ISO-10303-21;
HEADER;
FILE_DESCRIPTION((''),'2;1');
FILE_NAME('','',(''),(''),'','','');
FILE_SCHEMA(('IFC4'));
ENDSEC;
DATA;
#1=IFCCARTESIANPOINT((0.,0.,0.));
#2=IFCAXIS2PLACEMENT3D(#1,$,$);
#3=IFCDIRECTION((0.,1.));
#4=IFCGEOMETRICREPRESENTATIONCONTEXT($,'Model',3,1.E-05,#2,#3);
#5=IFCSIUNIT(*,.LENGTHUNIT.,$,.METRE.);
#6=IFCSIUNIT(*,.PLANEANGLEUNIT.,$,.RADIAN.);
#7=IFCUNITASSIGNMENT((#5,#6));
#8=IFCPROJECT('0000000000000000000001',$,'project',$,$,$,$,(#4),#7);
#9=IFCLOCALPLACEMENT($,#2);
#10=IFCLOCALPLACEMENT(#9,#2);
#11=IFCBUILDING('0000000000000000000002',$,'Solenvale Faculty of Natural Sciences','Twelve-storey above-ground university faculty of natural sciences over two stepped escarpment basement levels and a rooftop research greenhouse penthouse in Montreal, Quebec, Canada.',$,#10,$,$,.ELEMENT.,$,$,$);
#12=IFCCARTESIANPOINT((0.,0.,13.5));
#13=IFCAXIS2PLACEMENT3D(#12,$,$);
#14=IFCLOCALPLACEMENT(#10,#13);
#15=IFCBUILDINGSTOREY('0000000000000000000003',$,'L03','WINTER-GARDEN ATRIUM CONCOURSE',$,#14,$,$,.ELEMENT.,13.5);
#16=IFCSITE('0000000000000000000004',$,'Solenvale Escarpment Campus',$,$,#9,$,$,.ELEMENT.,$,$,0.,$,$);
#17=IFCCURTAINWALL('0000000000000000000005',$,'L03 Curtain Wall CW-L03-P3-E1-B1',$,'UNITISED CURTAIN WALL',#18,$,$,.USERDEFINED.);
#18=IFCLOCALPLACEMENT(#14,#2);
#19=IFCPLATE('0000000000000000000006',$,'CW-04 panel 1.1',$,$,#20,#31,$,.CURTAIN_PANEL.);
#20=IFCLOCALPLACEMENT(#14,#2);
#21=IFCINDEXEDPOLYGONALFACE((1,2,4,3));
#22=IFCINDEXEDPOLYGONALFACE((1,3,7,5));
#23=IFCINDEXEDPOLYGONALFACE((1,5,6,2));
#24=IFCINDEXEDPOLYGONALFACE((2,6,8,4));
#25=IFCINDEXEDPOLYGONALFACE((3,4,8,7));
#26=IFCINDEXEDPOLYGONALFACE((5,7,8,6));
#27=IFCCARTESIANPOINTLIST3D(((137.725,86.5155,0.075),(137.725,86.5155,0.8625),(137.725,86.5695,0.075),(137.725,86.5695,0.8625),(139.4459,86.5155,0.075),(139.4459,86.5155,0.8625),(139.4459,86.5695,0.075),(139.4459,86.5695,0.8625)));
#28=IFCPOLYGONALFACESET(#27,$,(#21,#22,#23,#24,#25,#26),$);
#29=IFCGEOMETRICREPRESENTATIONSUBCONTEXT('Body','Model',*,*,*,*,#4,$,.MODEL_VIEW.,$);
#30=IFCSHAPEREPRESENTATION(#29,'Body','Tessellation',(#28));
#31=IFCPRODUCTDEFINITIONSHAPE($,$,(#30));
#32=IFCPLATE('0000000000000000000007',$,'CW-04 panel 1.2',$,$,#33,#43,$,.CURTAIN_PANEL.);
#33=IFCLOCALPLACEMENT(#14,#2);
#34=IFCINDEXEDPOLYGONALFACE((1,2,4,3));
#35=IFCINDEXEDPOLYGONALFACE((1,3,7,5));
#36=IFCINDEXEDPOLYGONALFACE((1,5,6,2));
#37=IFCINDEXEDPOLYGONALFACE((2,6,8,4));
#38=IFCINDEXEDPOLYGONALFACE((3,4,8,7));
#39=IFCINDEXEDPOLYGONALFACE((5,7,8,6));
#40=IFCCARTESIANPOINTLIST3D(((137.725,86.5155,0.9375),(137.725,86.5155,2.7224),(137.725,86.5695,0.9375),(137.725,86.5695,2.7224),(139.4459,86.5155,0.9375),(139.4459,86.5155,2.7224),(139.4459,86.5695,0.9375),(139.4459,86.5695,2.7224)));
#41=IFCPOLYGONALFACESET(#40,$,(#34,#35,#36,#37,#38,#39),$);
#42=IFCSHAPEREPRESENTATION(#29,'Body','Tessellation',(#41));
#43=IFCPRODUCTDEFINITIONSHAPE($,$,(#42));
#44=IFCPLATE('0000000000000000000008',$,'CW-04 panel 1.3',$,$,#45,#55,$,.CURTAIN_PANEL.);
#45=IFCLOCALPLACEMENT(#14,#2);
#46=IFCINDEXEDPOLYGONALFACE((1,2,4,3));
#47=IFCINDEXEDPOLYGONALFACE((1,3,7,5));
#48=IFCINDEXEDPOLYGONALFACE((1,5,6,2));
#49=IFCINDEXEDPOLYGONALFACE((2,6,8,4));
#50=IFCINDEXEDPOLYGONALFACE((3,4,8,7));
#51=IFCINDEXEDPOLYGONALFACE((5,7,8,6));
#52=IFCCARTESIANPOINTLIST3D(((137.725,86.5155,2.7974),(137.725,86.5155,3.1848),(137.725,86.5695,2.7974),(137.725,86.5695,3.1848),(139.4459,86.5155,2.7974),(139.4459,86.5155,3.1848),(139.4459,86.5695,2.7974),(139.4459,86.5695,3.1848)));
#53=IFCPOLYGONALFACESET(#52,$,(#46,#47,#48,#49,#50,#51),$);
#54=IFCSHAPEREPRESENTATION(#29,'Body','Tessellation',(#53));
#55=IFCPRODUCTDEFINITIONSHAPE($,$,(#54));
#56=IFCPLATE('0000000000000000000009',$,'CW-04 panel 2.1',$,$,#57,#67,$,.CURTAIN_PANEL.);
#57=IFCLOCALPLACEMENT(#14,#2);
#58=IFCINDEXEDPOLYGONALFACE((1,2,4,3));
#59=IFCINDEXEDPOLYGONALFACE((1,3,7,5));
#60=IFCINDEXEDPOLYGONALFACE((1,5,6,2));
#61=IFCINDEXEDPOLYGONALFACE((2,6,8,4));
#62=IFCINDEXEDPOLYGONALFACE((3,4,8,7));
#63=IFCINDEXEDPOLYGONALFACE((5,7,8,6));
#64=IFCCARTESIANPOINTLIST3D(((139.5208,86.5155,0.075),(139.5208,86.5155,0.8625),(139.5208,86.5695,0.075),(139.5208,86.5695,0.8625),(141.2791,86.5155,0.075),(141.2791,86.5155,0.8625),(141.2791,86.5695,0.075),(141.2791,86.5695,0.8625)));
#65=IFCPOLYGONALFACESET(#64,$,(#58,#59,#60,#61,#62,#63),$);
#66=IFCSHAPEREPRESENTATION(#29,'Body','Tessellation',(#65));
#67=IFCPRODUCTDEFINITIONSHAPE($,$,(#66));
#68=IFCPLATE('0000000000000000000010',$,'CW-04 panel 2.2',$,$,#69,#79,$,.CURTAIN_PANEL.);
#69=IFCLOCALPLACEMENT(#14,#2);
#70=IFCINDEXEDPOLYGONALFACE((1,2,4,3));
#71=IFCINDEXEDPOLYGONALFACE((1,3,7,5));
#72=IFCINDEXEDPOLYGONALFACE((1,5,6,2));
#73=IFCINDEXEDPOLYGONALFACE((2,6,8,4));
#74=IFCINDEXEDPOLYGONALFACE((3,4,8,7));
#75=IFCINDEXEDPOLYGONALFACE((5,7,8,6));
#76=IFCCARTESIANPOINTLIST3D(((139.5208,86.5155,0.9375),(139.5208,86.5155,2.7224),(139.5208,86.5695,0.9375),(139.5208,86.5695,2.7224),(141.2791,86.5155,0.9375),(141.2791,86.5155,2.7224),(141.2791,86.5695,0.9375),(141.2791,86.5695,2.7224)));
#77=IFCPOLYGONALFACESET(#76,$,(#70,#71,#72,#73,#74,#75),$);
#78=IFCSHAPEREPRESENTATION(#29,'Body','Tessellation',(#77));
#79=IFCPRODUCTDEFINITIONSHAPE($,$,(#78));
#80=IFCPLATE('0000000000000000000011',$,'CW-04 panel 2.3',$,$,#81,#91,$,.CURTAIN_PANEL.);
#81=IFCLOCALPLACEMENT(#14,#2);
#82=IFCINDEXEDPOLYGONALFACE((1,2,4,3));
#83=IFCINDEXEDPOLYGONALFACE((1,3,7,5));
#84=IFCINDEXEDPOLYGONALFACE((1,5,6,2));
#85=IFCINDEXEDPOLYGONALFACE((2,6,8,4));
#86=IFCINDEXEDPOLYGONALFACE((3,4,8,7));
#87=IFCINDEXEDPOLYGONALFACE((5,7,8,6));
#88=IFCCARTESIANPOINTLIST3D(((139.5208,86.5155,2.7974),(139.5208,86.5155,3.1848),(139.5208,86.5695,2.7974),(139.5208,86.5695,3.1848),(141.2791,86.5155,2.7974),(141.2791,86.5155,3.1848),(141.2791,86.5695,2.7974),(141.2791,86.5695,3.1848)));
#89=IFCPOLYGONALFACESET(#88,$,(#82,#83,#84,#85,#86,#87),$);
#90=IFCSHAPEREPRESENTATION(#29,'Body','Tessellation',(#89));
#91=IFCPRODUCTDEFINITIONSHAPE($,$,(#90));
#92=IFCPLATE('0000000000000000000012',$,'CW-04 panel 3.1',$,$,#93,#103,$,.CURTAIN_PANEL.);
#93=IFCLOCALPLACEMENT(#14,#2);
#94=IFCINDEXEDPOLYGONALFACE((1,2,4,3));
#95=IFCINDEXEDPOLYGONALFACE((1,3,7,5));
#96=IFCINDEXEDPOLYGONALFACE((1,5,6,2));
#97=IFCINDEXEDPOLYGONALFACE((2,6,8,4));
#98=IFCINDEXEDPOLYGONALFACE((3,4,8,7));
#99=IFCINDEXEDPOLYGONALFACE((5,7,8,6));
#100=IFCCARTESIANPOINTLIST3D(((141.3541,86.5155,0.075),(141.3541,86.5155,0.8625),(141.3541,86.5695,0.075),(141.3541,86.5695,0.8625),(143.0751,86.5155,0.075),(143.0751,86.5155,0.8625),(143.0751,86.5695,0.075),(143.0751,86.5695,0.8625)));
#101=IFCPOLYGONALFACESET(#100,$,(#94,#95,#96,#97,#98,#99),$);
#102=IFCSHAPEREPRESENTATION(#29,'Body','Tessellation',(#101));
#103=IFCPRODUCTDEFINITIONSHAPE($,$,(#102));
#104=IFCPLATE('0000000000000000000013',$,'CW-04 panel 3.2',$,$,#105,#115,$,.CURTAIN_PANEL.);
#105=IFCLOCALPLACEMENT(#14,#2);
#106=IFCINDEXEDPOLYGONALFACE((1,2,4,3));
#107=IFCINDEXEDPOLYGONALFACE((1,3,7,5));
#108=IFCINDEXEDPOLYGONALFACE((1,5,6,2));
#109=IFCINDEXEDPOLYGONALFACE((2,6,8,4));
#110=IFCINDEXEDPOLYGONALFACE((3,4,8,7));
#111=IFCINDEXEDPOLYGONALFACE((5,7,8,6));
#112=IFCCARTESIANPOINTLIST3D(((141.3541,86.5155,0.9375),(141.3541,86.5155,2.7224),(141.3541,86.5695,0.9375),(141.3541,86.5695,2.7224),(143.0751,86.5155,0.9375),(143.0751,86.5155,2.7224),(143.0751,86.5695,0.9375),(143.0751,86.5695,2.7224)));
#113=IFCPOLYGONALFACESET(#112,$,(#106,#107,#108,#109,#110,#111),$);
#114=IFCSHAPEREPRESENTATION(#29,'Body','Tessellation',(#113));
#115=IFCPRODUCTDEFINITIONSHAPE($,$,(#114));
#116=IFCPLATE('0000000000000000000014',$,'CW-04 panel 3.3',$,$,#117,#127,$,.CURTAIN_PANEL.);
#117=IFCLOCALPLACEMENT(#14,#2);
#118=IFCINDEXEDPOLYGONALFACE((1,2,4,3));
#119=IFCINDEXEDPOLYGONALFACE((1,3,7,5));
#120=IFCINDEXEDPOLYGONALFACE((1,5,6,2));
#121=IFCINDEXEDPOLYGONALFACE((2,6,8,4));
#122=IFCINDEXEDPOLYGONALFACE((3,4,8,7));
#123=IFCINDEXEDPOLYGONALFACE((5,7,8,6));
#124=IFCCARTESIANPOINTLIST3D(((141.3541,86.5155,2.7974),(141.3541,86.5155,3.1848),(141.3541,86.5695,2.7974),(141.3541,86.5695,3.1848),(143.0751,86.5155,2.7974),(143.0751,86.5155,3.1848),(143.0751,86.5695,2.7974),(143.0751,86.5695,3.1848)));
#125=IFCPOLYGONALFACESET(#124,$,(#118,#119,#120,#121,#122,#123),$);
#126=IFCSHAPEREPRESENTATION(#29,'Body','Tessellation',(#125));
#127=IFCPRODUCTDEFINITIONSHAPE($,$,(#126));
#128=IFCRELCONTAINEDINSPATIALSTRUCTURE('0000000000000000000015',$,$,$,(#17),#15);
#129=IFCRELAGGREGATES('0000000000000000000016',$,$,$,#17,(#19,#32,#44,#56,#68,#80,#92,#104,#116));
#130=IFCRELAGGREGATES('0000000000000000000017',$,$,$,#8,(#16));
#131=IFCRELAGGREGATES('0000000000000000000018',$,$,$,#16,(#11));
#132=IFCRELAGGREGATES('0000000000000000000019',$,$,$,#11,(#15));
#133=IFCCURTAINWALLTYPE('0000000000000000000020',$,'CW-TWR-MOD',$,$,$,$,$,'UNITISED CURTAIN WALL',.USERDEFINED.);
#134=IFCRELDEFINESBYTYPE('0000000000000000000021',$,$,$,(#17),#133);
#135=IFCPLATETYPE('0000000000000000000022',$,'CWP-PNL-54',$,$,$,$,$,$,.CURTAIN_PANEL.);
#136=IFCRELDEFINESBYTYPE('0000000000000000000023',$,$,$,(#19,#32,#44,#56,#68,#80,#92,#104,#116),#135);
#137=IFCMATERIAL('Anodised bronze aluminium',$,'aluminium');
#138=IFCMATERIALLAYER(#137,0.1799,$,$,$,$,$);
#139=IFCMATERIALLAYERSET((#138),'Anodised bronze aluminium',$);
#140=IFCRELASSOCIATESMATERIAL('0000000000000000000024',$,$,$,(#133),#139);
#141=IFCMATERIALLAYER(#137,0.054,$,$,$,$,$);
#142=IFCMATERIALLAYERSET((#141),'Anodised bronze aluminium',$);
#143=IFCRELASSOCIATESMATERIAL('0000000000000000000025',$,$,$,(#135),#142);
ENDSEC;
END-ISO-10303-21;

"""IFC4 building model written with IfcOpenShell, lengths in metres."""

from ifc_helpers import new_model, si_unit, direction, frame, origin, origin_2d, place, context, subcontext, project, spatial, rectangle, extrude, material, layer, layer_set, type_object, element, aggregate, save


model = new_model("IFC4")

# Units and contexts
model_context = context("Model", 3, precision=1e-05, world=origin(), true_north=direction((0.0, 1.0)))
body_context = subcontext(model_context, "Body", "Model", "MODEL_VIEW")
ifc_project = project(units=[si_unit("LENGTHUNIT", "METRE"), si_unit("PLANEANGLEUNIT", "RADIAN")], contexts=[model_context])

# Site, building, storey
site_placement = place(None, origin())
site = spatial("IfcSite", under=ifc_project, at=site_placement, Name="Solenvale Escarpment Campus", CompositionType="ELEMENT", RefElevation=0.0)
building_placement = place(site_placement, origin())
building = spatial("IfcBuilding", under=site, at=building_placement, Name="Solenvale Faculty of Natural Sciences", Description="Twelve-storey above-ground university faculty of natural sciences over two stepped escarpment basement levels and a rooftop research greenhouse penthouse in Montreal, Quebec, Canada.", CompositionType="ELEMENT")
storey_placement = place(building_placement, frame((0.0, 0.0, 13.5)))
storey = spatial("IfcBuildingStorey", under=building, at=storey_placement, Name="L03", Description="WINTER-GARDEN ATRIUM CONCOURSE", CompositionType="ELEMENT", Elevation=13.5)

# Curtain wall, plates
ifc_material = material(Name="Anodised bronze aluminium", Category="aluminium")
ifc_layer_1 = layer(ifc_material, 0.1799)
ifc_layer_set_1 = layer_set([ifc_layer_1], Name="Anodised bronze aluminium")
curtain_wall_type = type_object("IfcCurtainWallType", Name="CW-TWR-MOD", ElementType="UNITISED CURTAIN WALL", PredefinedType="USERDEFINED", material=ifc_layer_set_1)
curtain_wall_placement = place(storey_placement, origin())
curtain_wall = element("IfcCurtainWall", 1, at=curtain_wall_placement, inside=storey, type_object=curtain_wall_type, Name="L03 Curtain Wall CW-L03-P3-E1-B1", ObjectType="UNITISED CURTAIN WALL", PredefinedType="USERDEFINED")
ifc_layer_2 = layer(ifc_material, 0.054)
ifc_layer_set_2 = layer_set([ifc_layer_2], Name="Anodised bronze aluminium")
plate_type = type_object("IfcPlateType", Name="CWP-PNL-54", PredefinedType="CURTAIN_PANEL", material=ifc_layer_set_2)
plate_1_placement = place(storey_placement, frame((138.5854, 86.5425, 0.075), z_axis=(0.0, 0.0, 1.0), x_axis=(1.0, 0.0, 0.0)))
plate_1 = element("IfcPlate", 2, at=plate_1_placement, type_object=plate_type, Name="CW-04 panel 1.1", PredefinedType="CURTAIN_PANEL", context=body_context, shape_type="SweptSolid", body=[
    extrude(rectangle(XDim=1.7209, YDim=0.054, at=origin_2d()), origin(), (0.0, 0.0, 1.0), 0.7876),
])
plate_2_placement = place(storey_placement, frame((138.5854, 86.5425, 0.9375), z_axis=(0.0, 0.0, 1.0), x_axis=(1.0, 0.0, 0.0)))
plate_2 = element("IfcPlate", 3, at=plate_2_placement, type_object=plate_type, Name="CW-04 panel 1.2", PredefinedType="CURTAIN_PANEL", context=body_context, shape_type="SweptSolid", body=[
    extrude(rectangle(XDim=1.7209, YDim=0.054, at=origin_2d()), origin(), (0.0, 0.0, 1.0), 1.7849),
])
plate_3_placement = place(storey_placement, frame((138.5854, 86.5425, 2.7974), z_axis=(0.0, 0.0, 1.0), x_axis=(1.0, 0.0, 0.0)))
plate_3 = element("IfcPlate", 4, at=plate_3_placement, type_object=plate_type, Name="CW-04 panel 1.3", PredefinedType="CURTAIN_PANEL", context=body_context, shape_type="SweptSolid", body=[
    extrude(rectangle(XDim=1.7209, YDim=0.054, at=origin_2d()), origin(), (0.0, 0.0, 1.0), 0.3875),
])
plate_4_placement = place(storey_placement, frame((140.3999, 86.5425, 0.075), z_axis=(0.0, 0.0, 1.0), x_axis=(1.0, 0.0, 0.0)))
plate_4 = element("IfcPlate", 5, at=plate_4_placement, type_object=plate_type, Name="CW-04 panel 2.1", PredefinedType="CURTAIN_PANEL", context=body_context, shape_type="SweptSolid", body=[
    extrude(rectangle(XDim=1.7583, YDim=0.054, at=origin_2d()), origin(), (0.0, 0.0, 1.0), 0.7876),
])
plate_5_placement = place(storey_placement, frame((140.3999, 86.5425, 0.9375), z_axis=(0.0, 0.0, 1.0), x_axis=(1.0, 0.0, 0.0)))
plate_5 = element("IfcPlate", 6, at=plate_5_placement, type_object=plate_type, Name="CW-04 panel 2.2", PredefinedType="CURTAIN_PANEL", context=body_context, shape_type="SweptSolid", body=[
    extrude(rectangle(XDim=1.7583, YDim=0.054, at=origin_2d()), origin(), (0.0, 0.0, 1.0), 1.7849),
])
plate_6_placement = place(storey_placement, frame((140.3999, 86.5425, 2.7974), z_axis=(0.0, 0.0, 1.0), x_axis=(1.0, 0.0, 0.0)))
plate_6 = element("IfcPlate", 7, at=plate_6_placement, type_object=plate_type, Name="CW-04 panel 2.3", PredefinedType="CURTAIN_PANEL", context=body_context, shape_type="SweptSolid", body=[
    extrude(rectangle(XDim=1.7583, YDim=0.054, at=origin_2d()), origin(), (0.0, 0.0, 1.0), 0.3875),
])
plate_7_placement = place(storey_placement, frame((142.2146, 86.5425, 0.075), z_axis=(0.0, 0.0, 1.0), x_axis=(1.0, 0.0, 0.0)))
plate_7 = element("IfcPlate", 8, at=plate_7_placement, type_object=plate_type, Name="CW-04 panel 3.1", PredefinedType="CURTAIN_PANEL", context=body_context, shape_type="SweptSolid", body=[
    extrude(rectangle(XDim=1.7209, YDim=0.054, at=origin_2d()), origin(), (0.0, 0.0, 1.0), 0.7876),
])
plate_8_placement = place(storey_placement, frame((142.2146, 86.5425, 0.9375), z_axis=(0.0, 0.0, 1.0), x_axis=(1.0, 0.0, 0.0)))
plate_8 = element("IfcPlate", 9, at=plate_8_placement, type_object=plate_type, Name="CW-04 panel 3.2", PredefinedType="CURTAIN_PANEL", context=body_context, shape_type="SweptSolid", body=[
    extrude(rectangle(XDim=1.7209, YDim=0.054, at=origin_2d()), origin(), (0.0, 0.0, 1.0), 1.7849),
])
plate_9_placement = place(storey_placement, frame((142.2146, 86.5425, 2.7974), z_axis=(0.0, 0.0, 1.0), x_axis=(1.0, 0.0, 0.0)))
plate_9 = element("IfcPlate", 10, at=plate_9_placement, type_object=plate_type, Name="CW-04 panel 3.3", PredefinedType="CURTAIN_PANEL", context=body_context, shape_type="SweptSolid", body=[
    extrude(rectangle(XDim=1.7209, YDim=0.054, at=origin_2d()), origin(), (0.0, 0.0, 1.0), 0.3875),
])
aggregate(curtain_wall, [plate_1, plate_2, plate_3, plate_4, plate_5, plate_6, plate_7, plate_8, plate_9])

save(model, "model.ifc")
